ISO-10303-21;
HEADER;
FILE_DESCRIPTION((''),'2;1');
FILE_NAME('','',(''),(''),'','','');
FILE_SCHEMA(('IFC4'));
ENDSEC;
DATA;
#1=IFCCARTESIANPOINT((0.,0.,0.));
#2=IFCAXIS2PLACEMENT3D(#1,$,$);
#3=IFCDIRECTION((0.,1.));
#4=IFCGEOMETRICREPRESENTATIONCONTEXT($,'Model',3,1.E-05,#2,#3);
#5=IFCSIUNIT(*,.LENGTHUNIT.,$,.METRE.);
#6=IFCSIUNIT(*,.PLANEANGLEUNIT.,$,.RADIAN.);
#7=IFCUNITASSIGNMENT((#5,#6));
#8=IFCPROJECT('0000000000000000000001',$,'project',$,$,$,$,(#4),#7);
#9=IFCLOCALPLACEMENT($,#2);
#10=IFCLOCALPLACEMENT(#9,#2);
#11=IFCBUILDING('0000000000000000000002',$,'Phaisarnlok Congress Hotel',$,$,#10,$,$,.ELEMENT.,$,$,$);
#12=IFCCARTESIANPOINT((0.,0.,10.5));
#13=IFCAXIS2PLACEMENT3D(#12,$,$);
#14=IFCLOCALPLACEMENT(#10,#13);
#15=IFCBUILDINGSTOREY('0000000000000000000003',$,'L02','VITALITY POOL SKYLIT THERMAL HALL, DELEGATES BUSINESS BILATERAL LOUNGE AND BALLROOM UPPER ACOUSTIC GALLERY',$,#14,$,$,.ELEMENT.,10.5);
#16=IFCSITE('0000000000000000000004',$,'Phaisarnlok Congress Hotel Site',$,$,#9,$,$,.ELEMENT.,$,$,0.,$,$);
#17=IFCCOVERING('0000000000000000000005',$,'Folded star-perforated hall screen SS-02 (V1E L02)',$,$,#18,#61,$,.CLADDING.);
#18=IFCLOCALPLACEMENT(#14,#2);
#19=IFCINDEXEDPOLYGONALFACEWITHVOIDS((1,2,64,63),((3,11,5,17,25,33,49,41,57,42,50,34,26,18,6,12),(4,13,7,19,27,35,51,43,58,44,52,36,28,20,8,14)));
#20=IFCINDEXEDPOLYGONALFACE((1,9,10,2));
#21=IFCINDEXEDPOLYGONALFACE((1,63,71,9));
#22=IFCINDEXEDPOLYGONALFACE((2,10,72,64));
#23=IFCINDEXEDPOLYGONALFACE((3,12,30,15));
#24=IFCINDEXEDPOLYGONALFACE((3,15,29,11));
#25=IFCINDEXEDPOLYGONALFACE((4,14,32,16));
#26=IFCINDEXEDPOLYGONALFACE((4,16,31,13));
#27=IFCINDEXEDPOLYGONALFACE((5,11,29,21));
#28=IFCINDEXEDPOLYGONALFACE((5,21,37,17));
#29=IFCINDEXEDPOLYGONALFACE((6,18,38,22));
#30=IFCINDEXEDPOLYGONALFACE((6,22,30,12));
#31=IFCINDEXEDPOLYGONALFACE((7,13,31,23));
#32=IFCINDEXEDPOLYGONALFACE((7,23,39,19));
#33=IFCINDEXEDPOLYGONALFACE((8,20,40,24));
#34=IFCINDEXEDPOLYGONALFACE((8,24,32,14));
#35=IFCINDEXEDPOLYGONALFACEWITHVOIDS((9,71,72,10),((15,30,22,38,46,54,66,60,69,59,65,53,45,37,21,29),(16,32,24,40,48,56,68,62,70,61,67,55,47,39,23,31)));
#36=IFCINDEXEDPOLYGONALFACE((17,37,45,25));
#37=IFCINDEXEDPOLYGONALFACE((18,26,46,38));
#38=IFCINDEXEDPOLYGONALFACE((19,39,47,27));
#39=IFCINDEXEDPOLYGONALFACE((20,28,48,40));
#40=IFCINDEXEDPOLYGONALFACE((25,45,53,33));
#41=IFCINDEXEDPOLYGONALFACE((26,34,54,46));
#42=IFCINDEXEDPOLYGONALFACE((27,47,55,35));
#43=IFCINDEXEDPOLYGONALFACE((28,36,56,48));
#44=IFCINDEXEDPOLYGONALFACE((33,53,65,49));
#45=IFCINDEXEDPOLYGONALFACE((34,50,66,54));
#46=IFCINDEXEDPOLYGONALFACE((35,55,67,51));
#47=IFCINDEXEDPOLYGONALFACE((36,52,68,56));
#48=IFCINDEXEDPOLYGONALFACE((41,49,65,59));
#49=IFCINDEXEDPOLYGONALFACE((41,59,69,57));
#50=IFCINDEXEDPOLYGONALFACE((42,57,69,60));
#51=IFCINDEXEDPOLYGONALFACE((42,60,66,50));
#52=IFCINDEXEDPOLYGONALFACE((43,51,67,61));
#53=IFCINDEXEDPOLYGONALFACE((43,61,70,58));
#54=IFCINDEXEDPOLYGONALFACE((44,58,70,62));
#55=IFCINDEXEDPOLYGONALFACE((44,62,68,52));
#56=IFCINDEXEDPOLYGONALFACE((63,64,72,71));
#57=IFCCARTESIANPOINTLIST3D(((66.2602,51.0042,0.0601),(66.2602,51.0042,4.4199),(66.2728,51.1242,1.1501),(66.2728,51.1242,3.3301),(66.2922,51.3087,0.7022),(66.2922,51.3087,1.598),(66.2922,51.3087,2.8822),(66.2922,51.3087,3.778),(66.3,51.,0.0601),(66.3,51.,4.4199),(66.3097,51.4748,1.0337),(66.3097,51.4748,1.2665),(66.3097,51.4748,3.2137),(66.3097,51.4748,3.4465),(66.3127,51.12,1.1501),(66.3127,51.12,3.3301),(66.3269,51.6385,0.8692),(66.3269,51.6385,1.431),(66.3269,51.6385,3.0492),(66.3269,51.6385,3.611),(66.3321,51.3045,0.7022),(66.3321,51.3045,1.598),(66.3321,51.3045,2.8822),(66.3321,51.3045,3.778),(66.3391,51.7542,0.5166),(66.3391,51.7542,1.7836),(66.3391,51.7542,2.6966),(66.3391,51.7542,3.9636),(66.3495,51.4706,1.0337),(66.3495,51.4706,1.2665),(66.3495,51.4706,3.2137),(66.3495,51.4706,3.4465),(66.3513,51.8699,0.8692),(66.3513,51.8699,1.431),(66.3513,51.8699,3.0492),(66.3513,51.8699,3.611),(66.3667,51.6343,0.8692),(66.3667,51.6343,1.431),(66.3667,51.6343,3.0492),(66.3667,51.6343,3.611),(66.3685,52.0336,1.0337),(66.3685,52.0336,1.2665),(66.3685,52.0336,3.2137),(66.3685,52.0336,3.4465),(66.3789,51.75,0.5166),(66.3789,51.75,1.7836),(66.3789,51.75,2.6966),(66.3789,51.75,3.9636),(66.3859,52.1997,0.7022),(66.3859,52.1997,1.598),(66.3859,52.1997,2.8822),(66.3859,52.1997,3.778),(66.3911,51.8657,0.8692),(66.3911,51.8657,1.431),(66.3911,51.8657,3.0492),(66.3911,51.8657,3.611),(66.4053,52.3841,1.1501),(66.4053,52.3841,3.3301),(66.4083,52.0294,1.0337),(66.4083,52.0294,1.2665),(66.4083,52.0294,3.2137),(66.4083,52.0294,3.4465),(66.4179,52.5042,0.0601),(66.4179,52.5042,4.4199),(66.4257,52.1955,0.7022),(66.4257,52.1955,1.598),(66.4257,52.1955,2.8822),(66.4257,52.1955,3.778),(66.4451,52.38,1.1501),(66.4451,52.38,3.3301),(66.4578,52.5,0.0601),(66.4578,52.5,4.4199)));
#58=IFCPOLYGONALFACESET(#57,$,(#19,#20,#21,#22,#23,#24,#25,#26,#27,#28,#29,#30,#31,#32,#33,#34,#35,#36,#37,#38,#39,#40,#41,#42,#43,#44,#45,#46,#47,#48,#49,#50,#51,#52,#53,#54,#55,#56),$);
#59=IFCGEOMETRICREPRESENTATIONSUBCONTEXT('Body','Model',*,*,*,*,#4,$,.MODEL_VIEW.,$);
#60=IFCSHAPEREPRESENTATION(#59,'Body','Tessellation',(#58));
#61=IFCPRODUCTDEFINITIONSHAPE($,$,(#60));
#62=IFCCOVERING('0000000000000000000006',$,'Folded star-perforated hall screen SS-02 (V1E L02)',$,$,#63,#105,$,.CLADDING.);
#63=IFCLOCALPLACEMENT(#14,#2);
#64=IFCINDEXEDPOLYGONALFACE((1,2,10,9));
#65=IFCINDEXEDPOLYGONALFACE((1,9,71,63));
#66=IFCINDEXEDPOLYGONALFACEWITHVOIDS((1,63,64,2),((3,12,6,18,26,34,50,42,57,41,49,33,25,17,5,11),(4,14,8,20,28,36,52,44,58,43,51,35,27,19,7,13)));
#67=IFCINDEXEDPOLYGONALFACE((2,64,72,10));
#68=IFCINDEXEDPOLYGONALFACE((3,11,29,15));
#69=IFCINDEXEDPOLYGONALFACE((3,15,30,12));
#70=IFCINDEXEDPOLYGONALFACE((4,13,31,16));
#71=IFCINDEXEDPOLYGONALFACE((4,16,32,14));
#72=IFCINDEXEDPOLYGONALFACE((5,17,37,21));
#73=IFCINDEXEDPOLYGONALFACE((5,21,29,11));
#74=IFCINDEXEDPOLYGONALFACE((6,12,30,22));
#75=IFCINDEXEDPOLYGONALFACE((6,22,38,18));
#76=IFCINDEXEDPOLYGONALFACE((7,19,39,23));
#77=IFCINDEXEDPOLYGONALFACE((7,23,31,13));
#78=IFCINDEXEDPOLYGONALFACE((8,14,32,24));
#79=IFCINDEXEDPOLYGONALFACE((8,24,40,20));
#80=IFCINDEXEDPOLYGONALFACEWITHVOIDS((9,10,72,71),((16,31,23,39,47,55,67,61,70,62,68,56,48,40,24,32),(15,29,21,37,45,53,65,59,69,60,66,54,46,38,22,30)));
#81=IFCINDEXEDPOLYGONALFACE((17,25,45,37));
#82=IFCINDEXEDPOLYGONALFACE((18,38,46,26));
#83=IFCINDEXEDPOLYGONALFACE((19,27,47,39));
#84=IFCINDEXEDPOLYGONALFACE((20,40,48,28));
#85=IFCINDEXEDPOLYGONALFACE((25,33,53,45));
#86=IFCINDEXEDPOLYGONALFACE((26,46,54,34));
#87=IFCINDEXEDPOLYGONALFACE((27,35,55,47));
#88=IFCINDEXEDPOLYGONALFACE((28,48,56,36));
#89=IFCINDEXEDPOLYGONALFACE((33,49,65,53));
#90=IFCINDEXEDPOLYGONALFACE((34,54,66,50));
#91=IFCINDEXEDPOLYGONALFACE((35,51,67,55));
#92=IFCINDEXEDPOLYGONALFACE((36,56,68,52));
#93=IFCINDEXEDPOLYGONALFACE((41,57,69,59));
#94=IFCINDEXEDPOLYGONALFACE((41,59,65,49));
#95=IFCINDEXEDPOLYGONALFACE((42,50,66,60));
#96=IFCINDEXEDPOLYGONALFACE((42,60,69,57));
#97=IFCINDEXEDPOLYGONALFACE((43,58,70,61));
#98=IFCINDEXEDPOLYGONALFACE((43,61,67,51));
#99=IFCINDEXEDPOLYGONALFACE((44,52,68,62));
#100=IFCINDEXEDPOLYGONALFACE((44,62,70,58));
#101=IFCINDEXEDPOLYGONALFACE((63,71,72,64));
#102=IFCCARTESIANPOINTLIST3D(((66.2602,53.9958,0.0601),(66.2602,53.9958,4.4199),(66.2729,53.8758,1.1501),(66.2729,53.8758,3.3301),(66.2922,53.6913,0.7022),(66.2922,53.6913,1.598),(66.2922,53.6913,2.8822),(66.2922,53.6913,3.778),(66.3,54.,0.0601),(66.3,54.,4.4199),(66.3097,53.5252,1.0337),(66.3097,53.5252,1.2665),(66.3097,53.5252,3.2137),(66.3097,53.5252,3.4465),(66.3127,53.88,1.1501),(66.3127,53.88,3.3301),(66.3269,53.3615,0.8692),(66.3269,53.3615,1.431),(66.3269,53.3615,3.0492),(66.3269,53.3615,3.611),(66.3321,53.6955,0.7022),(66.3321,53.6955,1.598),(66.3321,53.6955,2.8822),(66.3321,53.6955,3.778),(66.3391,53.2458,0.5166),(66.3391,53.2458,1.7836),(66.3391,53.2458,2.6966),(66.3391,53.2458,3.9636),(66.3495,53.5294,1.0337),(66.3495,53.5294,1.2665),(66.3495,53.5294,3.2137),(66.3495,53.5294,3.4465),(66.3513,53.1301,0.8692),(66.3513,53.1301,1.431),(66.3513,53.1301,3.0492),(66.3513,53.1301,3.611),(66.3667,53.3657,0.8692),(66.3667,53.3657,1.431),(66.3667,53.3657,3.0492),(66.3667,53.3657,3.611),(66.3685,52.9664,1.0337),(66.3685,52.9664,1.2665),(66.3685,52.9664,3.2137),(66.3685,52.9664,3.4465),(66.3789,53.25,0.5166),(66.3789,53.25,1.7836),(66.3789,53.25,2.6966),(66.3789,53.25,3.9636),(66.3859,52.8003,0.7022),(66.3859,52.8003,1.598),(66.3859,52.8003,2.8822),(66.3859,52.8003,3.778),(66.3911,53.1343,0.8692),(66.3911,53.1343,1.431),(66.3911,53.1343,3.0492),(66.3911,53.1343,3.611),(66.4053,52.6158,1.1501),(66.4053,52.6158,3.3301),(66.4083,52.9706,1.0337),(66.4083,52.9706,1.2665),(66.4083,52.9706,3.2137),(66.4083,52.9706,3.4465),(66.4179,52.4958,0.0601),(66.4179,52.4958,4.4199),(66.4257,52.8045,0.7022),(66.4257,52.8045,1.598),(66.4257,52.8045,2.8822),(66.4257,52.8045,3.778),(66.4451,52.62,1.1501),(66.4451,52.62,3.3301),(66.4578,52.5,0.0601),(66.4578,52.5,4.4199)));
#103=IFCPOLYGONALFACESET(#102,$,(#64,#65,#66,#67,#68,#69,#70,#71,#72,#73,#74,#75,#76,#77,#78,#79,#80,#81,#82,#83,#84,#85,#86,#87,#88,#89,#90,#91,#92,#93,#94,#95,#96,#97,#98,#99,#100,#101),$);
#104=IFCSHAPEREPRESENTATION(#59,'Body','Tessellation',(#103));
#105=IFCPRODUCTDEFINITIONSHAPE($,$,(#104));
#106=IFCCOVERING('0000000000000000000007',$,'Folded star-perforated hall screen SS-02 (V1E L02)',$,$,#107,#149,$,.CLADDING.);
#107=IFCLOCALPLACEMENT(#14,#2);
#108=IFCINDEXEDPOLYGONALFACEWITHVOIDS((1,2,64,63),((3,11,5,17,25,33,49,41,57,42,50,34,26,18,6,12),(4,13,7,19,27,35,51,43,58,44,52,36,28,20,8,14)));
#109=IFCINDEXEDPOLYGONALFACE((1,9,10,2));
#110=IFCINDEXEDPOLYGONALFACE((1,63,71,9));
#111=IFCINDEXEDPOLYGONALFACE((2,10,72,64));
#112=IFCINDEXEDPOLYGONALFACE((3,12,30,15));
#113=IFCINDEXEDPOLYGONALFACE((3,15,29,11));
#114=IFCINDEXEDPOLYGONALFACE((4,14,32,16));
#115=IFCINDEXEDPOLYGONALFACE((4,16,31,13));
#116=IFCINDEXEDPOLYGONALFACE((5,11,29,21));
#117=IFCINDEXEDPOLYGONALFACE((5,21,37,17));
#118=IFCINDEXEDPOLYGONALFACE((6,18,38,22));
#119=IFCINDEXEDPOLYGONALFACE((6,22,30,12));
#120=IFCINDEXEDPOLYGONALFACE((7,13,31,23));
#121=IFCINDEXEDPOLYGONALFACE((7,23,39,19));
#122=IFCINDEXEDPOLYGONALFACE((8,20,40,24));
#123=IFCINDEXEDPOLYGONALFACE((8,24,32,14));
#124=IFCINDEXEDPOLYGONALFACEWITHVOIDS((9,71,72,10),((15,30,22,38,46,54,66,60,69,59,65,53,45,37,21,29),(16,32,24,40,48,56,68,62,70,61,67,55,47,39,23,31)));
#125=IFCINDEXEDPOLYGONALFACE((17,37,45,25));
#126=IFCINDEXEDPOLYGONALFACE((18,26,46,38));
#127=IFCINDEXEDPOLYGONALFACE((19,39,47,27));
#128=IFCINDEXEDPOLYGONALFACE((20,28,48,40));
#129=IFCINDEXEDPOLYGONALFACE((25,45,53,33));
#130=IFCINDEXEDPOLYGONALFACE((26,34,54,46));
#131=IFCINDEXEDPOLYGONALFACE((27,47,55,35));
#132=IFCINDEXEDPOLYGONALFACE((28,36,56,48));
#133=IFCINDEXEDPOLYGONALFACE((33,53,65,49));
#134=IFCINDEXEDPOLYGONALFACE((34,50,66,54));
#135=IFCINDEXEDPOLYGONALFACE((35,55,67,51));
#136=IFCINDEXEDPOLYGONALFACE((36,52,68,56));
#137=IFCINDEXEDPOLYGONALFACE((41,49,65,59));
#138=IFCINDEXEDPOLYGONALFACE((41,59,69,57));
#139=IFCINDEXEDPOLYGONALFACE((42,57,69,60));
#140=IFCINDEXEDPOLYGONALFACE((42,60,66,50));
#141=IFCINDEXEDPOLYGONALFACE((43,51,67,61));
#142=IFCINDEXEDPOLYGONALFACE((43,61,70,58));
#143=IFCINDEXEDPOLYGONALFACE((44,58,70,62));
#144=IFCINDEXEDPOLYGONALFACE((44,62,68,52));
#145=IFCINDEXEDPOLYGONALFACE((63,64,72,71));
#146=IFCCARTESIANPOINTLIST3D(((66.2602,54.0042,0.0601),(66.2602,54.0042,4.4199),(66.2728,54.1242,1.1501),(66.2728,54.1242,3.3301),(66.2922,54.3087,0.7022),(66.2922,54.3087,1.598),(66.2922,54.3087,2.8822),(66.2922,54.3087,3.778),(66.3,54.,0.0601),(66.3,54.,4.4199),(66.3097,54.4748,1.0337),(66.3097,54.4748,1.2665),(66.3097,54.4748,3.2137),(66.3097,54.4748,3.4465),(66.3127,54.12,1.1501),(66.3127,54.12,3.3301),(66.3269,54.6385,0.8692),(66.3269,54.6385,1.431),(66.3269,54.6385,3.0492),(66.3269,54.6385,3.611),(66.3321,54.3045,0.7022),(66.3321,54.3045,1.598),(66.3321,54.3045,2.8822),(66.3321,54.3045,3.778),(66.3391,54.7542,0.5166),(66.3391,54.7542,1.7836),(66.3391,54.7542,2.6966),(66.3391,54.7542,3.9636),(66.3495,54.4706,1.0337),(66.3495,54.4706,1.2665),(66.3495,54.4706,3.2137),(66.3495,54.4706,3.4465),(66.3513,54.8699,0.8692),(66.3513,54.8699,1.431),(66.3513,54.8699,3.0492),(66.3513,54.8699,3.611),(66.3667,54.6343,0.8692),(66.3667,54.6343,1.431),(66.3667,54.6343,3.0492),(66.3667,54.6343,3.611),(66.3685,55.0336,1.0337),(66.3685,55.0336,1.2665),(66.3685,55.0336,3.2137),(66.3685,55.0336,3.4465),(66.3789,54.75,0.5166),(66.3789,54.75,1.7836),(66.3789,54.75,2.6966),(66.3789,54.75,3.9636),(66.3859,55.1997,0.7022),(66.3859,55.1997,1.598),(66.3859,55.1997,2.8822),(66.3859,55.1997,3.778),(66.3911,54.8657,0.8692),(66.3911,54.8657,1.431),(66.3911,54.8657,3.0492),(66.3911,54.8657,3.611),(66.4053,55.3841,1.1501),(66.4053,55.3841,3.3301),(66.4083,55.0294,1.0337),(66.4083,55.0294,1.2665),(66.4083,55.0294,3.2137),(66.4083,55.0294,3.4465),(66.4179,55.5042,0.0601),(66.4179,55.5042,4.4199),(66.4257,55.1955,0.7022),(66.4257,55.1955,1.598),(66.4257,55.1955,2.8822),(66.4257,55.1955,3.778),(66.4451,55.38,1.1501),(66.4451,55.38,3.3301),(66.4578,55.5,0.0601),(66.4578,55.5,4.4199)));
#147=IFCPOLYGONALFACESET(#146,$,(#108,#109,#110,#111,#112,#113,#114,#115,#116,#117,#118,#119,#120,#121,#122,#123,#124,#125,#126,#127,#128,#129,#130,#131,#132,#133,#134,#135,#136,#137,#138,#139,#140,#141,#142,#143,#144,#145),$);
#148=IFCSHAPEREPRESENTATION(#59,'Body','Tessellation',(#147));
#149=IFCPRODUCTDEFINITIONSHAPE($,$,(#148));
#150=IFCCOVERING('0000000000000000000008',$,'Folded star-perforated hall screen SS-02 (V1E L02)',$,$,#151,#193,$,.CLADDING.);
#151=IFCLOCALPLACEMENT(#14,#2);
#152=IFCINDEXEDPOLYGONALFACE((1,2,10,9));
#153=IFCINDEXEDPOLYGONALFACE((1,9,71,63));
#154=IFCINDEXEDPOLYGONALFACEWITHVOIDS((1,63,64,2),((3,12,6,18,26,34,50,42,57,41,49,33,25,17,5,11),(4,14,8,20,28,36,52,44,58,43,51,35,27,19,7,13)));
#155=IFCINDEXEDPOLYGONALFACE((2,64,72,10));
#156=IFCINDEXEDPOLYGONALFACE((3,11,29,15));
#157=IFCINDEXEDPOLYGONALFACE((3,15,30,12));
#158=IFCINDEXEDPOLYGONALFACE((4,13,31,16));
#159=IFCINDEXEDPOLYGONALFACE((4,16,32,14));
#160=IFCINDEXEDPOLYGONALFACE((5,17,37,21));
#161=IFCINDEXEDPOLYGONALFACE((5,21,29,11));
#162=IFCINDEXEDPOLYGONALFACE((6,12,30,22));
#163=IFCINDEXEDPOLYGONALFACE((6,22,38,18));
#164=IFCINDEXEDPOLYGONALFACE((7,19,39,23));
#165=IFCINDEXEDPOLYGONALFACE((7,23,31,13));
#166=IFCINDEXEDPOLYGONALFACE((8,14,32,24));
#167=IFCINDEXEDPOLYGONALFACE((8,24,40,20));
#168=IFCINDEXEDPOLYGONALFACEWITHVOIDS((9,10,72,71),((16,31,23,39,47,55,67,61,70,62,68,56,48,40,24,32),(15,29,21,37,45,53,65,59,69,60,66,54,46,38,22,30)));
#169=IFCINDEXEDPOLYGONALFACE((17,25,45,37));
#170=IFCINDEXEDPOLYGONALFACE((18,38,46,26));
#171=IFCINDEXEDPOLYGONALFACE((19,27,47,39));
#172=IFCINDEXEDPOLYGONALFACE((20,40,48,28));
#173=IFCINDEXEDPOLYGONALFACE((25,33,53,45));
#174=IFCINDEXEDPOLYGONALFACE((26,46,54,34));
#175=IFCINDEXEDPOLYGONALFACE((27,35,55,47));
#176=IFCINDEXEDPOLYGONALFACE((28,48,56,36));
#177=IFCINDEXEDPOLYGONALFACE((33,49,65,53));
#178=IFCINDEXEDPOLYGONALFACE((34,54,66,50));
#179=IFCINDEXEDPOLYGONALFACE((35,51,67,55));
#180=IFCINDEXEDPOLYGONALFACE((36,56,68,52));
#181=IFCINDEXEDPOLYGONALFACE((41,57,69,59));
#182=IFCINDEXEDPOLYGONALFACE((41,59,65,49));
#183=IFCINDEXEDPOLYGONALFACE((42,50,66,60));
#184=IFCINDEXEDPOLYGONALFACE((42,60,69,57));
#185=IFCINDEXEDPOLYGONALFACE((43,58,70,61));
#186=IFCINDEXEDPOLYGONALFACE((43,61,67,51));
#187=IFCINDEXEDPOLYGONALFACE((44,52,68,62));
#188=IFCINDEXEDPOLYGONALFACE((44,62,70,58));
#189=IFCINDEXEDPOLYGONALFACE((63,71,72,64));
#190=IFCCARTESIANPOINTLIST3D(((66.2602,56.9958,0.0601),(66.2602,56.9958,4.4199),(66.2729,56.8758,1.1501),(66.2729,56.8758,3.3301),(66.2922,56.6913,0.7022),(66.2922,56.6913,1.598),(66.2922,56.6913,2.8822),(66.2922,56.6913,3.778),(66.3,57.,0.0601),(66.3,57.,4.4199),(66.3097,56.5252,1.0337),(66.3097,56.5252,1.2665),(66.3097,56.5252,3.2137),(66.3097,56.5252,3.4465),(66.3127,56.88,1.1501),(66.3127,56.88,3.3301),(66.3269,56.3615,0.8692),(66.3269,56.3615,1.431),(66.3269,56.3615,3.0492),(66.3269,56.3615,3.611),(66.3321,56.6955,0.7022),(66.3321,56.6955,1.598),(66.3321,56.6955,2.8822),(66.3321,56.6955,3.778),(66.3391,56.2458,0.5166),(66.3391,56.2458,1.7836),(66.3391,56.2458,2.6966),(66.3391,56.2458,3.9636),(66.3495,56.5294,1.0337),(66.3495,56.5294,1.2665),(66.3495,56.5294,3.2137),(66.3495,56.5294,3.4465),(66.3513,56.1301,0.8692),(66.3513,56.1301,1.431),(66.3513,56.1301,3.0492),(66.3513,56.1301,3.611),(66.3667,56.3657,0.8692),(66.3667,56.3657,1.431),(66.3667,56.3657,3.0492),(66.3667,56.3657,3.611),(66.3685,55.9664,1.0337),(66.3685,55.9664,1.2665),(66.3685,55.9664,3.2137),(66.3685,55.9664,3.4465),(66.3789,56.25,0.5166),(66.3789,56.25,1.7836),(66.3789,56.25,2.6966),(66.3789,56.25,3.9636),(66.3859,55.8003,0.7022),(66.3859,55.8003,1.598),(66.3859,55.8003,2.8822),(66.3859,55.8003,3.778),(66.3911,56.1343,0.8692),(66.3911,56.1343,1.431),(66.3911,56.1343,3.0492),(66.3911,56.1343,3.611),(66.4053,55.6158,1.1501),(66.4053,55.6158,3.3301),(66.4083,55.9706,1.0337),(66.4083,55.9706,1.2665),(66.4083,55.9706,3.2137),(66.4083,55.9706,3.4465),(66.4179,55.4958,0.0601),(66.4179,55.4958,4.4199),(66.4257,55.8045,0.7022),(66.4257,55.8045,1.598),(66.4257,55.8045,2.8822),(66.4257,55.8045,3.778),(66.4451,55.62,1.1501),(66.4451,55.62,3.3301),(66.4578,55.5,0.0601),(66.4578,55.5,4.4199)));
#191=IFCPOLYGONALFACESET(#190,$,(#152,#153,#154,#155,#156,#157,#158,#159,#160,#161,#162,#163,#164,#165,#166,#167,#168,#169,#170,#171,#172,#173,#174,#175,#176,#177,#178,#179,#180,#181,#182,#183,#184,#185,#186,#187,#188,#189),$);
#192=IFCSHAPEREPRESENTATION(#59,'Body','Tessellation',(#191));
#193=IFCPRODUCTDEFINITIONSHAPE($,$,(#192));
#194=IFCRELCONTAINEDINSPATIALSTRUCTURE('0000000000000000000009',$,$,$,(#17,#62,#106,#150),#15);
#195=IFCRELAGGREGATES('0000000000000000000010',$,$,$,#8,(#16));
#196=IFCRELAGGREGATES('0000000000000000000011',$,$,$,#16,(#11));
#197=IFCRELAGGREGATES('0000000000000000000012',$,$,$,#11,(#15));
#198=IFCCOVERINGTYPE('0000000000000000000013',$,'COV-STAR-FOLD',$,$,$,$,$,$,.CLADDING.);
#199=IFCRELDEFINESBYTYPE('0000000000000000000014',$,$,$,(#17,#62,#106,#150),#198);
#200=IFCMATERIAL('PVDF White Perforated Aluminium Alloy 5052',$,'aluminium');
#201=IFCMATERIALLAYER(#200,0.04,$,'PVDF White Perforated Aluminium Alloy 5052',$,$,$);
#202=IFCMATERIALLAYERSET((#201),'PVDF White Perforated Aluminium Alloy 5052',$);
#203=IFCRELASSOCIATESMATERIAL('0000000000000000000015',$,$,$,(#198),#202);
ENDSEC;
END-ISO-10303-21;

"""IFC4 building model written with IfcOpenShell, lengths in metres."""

from ifc_helpers import new_model, si_unit, direction, frame, origin, place, context, subcontext, project, spatial, polyline, outline, extrude, material, layer, layer_set, type_object, element, save


model = new_model("IFC4")

# Units and contexts
model_context = context("Model", 3, precision=1e-05, world=origin(), true_north=direction((0.0, 1.0)))
body_context = subcontext(model_context, "Body", "Model", "MODEL_VIEW")
ifc_project = project(units=[si_unit("LENGTHUNIT", "METRE"), si_unit("PLANEANGLEUNIT", "RADIAN")], contexts=[model_context])

# Site, building, storey
site_placement = place(None, origin())
site = spatial("IfcSite", under=ifc_project, at=site_placement, Name="Phaisarnlok Congress Hotel Site", CompositionType="ELEMENT", RefElevation=0.0)
building_placement = place(site_placement, origin())
building = spatial("IfcBuilding", under=site, at=building_placement, Name="Phaisarnlok Congress Hotel", CompositionType="ELEMENT")
storey_placement = place(building_placement, frame((0.0, 0.0, 10.5)))
storey = spatial("IfcBuildingStorey", under=building, at=storey_placement, Name="L02", Description="VITALITY POOL SKYLIT THERMAL HALL, DELEGATES BUSINESS BILATERAL LOUNGE AND BALLROOM UPPER ACOUSTIC GALLERY", CompositionType="ELEMENT", Elevation=10.5)

# Coverings
ifc_material_1 = material(Name="PVDF White Perforated Aluminium Alloy 5052", Category="aluminium")
ifc_layer_1 = layer(ifc_material_1, 0.04, Name="PVDF White Perforated Aluminium Alloy 5052")
ifc_layer_set_1 = layer_set([ifc_layer_1], Name="PVDF White Perforated Aluminium Alloy 5052")
covering_type = type_object("IfcCoveringType", Name="COV-STAR-FOLD", PredefinedType="CLADDING", material=ifc_layer_set_1)
for number, where, z_axis, x_axis, name in (
    (1, (66.4578, 52.5, 0.0601), (-0.994518, 0.104567, 0.0), (-0.104567, -0.994518, 0.0), "Folded star-perforated hall screen SS-02 (V1E L02)"),
    (2, (66.3, 54.0, 0.0601), (-0.994518, -0.104567, 0.0), (0.104567, -0.994518, 0.0), "Folded star-perforated hall screen SS-02 (V1E L02)"),
    (3, (66.4578, 55.5, 0.0601), (-0.994518, 0.104567, 0.0), (-0.104567, -0.994518, 0.0), "Folded star-perforated hall screen SS-02 (V1E L02)"),
    (4, (66.3, 57.0, 0.0601), (-0.994518, -0.104567, 0.0), (0.104567, -0.994518, 0.0), "Folded star-perforated hall screen SS-02 (V1E L02)"),
):
    element("IfcCovering", number, at=place(storey_placement, frame(where, z_axis=z_axis, x_axis=x_axis)), inside=storey, type_object=covering_type, Name=name, PredefinedType="CLADDING", context=body_context, shape_type="SweptSolid", body=[
        extrude(outline(polyline([(0.0, 0.0), (1.5083, 0.0), (1.5083, 4.3599), (0.0, 4.3599), (0.0, 0.0)]), holes=[polyline([(1.0351, 0.9736), (1.2021, 0.6421), (0.8705, 0.8091), (0.7541, 0.4565), (0.6378, 0.8091), (0.3062, 0.6421), (0.4732, 0.9736), (0.1207, 1.09), (0.4732, 1.2064), (0.3062, 1.5379), (0.6378, 1.3709), (0.7541, 1.7235), (0.8705, 1.3709), (1.2021, 1.5379), (1.0351, 1.2064), (1.3876, 1.09), (1.0351, 0.9736)]), polyline([(1.0351, 3.1536), (1.2021, 2.8221), (0.8705, 2.9891), (0.7541, 2.6365), (0.6378, 2.9891), (0.3062, 2.8221), (0.4732, 3.1536), (0.1207, 3.27), (0.4732, 3.3864), (0.3062, 3.7179), (0.6378, 3.5509), (0.7541, 3.9035), (0.8705, 3.5509), (1.2021, 3.7179), (1.0351, 3.3864), (1.3876, 3.27), (1.0351, 3.1536)])]), origin(), (0.0, 0.0, 1.0), 0.04),
    ])

save(model, "model.ifc")
